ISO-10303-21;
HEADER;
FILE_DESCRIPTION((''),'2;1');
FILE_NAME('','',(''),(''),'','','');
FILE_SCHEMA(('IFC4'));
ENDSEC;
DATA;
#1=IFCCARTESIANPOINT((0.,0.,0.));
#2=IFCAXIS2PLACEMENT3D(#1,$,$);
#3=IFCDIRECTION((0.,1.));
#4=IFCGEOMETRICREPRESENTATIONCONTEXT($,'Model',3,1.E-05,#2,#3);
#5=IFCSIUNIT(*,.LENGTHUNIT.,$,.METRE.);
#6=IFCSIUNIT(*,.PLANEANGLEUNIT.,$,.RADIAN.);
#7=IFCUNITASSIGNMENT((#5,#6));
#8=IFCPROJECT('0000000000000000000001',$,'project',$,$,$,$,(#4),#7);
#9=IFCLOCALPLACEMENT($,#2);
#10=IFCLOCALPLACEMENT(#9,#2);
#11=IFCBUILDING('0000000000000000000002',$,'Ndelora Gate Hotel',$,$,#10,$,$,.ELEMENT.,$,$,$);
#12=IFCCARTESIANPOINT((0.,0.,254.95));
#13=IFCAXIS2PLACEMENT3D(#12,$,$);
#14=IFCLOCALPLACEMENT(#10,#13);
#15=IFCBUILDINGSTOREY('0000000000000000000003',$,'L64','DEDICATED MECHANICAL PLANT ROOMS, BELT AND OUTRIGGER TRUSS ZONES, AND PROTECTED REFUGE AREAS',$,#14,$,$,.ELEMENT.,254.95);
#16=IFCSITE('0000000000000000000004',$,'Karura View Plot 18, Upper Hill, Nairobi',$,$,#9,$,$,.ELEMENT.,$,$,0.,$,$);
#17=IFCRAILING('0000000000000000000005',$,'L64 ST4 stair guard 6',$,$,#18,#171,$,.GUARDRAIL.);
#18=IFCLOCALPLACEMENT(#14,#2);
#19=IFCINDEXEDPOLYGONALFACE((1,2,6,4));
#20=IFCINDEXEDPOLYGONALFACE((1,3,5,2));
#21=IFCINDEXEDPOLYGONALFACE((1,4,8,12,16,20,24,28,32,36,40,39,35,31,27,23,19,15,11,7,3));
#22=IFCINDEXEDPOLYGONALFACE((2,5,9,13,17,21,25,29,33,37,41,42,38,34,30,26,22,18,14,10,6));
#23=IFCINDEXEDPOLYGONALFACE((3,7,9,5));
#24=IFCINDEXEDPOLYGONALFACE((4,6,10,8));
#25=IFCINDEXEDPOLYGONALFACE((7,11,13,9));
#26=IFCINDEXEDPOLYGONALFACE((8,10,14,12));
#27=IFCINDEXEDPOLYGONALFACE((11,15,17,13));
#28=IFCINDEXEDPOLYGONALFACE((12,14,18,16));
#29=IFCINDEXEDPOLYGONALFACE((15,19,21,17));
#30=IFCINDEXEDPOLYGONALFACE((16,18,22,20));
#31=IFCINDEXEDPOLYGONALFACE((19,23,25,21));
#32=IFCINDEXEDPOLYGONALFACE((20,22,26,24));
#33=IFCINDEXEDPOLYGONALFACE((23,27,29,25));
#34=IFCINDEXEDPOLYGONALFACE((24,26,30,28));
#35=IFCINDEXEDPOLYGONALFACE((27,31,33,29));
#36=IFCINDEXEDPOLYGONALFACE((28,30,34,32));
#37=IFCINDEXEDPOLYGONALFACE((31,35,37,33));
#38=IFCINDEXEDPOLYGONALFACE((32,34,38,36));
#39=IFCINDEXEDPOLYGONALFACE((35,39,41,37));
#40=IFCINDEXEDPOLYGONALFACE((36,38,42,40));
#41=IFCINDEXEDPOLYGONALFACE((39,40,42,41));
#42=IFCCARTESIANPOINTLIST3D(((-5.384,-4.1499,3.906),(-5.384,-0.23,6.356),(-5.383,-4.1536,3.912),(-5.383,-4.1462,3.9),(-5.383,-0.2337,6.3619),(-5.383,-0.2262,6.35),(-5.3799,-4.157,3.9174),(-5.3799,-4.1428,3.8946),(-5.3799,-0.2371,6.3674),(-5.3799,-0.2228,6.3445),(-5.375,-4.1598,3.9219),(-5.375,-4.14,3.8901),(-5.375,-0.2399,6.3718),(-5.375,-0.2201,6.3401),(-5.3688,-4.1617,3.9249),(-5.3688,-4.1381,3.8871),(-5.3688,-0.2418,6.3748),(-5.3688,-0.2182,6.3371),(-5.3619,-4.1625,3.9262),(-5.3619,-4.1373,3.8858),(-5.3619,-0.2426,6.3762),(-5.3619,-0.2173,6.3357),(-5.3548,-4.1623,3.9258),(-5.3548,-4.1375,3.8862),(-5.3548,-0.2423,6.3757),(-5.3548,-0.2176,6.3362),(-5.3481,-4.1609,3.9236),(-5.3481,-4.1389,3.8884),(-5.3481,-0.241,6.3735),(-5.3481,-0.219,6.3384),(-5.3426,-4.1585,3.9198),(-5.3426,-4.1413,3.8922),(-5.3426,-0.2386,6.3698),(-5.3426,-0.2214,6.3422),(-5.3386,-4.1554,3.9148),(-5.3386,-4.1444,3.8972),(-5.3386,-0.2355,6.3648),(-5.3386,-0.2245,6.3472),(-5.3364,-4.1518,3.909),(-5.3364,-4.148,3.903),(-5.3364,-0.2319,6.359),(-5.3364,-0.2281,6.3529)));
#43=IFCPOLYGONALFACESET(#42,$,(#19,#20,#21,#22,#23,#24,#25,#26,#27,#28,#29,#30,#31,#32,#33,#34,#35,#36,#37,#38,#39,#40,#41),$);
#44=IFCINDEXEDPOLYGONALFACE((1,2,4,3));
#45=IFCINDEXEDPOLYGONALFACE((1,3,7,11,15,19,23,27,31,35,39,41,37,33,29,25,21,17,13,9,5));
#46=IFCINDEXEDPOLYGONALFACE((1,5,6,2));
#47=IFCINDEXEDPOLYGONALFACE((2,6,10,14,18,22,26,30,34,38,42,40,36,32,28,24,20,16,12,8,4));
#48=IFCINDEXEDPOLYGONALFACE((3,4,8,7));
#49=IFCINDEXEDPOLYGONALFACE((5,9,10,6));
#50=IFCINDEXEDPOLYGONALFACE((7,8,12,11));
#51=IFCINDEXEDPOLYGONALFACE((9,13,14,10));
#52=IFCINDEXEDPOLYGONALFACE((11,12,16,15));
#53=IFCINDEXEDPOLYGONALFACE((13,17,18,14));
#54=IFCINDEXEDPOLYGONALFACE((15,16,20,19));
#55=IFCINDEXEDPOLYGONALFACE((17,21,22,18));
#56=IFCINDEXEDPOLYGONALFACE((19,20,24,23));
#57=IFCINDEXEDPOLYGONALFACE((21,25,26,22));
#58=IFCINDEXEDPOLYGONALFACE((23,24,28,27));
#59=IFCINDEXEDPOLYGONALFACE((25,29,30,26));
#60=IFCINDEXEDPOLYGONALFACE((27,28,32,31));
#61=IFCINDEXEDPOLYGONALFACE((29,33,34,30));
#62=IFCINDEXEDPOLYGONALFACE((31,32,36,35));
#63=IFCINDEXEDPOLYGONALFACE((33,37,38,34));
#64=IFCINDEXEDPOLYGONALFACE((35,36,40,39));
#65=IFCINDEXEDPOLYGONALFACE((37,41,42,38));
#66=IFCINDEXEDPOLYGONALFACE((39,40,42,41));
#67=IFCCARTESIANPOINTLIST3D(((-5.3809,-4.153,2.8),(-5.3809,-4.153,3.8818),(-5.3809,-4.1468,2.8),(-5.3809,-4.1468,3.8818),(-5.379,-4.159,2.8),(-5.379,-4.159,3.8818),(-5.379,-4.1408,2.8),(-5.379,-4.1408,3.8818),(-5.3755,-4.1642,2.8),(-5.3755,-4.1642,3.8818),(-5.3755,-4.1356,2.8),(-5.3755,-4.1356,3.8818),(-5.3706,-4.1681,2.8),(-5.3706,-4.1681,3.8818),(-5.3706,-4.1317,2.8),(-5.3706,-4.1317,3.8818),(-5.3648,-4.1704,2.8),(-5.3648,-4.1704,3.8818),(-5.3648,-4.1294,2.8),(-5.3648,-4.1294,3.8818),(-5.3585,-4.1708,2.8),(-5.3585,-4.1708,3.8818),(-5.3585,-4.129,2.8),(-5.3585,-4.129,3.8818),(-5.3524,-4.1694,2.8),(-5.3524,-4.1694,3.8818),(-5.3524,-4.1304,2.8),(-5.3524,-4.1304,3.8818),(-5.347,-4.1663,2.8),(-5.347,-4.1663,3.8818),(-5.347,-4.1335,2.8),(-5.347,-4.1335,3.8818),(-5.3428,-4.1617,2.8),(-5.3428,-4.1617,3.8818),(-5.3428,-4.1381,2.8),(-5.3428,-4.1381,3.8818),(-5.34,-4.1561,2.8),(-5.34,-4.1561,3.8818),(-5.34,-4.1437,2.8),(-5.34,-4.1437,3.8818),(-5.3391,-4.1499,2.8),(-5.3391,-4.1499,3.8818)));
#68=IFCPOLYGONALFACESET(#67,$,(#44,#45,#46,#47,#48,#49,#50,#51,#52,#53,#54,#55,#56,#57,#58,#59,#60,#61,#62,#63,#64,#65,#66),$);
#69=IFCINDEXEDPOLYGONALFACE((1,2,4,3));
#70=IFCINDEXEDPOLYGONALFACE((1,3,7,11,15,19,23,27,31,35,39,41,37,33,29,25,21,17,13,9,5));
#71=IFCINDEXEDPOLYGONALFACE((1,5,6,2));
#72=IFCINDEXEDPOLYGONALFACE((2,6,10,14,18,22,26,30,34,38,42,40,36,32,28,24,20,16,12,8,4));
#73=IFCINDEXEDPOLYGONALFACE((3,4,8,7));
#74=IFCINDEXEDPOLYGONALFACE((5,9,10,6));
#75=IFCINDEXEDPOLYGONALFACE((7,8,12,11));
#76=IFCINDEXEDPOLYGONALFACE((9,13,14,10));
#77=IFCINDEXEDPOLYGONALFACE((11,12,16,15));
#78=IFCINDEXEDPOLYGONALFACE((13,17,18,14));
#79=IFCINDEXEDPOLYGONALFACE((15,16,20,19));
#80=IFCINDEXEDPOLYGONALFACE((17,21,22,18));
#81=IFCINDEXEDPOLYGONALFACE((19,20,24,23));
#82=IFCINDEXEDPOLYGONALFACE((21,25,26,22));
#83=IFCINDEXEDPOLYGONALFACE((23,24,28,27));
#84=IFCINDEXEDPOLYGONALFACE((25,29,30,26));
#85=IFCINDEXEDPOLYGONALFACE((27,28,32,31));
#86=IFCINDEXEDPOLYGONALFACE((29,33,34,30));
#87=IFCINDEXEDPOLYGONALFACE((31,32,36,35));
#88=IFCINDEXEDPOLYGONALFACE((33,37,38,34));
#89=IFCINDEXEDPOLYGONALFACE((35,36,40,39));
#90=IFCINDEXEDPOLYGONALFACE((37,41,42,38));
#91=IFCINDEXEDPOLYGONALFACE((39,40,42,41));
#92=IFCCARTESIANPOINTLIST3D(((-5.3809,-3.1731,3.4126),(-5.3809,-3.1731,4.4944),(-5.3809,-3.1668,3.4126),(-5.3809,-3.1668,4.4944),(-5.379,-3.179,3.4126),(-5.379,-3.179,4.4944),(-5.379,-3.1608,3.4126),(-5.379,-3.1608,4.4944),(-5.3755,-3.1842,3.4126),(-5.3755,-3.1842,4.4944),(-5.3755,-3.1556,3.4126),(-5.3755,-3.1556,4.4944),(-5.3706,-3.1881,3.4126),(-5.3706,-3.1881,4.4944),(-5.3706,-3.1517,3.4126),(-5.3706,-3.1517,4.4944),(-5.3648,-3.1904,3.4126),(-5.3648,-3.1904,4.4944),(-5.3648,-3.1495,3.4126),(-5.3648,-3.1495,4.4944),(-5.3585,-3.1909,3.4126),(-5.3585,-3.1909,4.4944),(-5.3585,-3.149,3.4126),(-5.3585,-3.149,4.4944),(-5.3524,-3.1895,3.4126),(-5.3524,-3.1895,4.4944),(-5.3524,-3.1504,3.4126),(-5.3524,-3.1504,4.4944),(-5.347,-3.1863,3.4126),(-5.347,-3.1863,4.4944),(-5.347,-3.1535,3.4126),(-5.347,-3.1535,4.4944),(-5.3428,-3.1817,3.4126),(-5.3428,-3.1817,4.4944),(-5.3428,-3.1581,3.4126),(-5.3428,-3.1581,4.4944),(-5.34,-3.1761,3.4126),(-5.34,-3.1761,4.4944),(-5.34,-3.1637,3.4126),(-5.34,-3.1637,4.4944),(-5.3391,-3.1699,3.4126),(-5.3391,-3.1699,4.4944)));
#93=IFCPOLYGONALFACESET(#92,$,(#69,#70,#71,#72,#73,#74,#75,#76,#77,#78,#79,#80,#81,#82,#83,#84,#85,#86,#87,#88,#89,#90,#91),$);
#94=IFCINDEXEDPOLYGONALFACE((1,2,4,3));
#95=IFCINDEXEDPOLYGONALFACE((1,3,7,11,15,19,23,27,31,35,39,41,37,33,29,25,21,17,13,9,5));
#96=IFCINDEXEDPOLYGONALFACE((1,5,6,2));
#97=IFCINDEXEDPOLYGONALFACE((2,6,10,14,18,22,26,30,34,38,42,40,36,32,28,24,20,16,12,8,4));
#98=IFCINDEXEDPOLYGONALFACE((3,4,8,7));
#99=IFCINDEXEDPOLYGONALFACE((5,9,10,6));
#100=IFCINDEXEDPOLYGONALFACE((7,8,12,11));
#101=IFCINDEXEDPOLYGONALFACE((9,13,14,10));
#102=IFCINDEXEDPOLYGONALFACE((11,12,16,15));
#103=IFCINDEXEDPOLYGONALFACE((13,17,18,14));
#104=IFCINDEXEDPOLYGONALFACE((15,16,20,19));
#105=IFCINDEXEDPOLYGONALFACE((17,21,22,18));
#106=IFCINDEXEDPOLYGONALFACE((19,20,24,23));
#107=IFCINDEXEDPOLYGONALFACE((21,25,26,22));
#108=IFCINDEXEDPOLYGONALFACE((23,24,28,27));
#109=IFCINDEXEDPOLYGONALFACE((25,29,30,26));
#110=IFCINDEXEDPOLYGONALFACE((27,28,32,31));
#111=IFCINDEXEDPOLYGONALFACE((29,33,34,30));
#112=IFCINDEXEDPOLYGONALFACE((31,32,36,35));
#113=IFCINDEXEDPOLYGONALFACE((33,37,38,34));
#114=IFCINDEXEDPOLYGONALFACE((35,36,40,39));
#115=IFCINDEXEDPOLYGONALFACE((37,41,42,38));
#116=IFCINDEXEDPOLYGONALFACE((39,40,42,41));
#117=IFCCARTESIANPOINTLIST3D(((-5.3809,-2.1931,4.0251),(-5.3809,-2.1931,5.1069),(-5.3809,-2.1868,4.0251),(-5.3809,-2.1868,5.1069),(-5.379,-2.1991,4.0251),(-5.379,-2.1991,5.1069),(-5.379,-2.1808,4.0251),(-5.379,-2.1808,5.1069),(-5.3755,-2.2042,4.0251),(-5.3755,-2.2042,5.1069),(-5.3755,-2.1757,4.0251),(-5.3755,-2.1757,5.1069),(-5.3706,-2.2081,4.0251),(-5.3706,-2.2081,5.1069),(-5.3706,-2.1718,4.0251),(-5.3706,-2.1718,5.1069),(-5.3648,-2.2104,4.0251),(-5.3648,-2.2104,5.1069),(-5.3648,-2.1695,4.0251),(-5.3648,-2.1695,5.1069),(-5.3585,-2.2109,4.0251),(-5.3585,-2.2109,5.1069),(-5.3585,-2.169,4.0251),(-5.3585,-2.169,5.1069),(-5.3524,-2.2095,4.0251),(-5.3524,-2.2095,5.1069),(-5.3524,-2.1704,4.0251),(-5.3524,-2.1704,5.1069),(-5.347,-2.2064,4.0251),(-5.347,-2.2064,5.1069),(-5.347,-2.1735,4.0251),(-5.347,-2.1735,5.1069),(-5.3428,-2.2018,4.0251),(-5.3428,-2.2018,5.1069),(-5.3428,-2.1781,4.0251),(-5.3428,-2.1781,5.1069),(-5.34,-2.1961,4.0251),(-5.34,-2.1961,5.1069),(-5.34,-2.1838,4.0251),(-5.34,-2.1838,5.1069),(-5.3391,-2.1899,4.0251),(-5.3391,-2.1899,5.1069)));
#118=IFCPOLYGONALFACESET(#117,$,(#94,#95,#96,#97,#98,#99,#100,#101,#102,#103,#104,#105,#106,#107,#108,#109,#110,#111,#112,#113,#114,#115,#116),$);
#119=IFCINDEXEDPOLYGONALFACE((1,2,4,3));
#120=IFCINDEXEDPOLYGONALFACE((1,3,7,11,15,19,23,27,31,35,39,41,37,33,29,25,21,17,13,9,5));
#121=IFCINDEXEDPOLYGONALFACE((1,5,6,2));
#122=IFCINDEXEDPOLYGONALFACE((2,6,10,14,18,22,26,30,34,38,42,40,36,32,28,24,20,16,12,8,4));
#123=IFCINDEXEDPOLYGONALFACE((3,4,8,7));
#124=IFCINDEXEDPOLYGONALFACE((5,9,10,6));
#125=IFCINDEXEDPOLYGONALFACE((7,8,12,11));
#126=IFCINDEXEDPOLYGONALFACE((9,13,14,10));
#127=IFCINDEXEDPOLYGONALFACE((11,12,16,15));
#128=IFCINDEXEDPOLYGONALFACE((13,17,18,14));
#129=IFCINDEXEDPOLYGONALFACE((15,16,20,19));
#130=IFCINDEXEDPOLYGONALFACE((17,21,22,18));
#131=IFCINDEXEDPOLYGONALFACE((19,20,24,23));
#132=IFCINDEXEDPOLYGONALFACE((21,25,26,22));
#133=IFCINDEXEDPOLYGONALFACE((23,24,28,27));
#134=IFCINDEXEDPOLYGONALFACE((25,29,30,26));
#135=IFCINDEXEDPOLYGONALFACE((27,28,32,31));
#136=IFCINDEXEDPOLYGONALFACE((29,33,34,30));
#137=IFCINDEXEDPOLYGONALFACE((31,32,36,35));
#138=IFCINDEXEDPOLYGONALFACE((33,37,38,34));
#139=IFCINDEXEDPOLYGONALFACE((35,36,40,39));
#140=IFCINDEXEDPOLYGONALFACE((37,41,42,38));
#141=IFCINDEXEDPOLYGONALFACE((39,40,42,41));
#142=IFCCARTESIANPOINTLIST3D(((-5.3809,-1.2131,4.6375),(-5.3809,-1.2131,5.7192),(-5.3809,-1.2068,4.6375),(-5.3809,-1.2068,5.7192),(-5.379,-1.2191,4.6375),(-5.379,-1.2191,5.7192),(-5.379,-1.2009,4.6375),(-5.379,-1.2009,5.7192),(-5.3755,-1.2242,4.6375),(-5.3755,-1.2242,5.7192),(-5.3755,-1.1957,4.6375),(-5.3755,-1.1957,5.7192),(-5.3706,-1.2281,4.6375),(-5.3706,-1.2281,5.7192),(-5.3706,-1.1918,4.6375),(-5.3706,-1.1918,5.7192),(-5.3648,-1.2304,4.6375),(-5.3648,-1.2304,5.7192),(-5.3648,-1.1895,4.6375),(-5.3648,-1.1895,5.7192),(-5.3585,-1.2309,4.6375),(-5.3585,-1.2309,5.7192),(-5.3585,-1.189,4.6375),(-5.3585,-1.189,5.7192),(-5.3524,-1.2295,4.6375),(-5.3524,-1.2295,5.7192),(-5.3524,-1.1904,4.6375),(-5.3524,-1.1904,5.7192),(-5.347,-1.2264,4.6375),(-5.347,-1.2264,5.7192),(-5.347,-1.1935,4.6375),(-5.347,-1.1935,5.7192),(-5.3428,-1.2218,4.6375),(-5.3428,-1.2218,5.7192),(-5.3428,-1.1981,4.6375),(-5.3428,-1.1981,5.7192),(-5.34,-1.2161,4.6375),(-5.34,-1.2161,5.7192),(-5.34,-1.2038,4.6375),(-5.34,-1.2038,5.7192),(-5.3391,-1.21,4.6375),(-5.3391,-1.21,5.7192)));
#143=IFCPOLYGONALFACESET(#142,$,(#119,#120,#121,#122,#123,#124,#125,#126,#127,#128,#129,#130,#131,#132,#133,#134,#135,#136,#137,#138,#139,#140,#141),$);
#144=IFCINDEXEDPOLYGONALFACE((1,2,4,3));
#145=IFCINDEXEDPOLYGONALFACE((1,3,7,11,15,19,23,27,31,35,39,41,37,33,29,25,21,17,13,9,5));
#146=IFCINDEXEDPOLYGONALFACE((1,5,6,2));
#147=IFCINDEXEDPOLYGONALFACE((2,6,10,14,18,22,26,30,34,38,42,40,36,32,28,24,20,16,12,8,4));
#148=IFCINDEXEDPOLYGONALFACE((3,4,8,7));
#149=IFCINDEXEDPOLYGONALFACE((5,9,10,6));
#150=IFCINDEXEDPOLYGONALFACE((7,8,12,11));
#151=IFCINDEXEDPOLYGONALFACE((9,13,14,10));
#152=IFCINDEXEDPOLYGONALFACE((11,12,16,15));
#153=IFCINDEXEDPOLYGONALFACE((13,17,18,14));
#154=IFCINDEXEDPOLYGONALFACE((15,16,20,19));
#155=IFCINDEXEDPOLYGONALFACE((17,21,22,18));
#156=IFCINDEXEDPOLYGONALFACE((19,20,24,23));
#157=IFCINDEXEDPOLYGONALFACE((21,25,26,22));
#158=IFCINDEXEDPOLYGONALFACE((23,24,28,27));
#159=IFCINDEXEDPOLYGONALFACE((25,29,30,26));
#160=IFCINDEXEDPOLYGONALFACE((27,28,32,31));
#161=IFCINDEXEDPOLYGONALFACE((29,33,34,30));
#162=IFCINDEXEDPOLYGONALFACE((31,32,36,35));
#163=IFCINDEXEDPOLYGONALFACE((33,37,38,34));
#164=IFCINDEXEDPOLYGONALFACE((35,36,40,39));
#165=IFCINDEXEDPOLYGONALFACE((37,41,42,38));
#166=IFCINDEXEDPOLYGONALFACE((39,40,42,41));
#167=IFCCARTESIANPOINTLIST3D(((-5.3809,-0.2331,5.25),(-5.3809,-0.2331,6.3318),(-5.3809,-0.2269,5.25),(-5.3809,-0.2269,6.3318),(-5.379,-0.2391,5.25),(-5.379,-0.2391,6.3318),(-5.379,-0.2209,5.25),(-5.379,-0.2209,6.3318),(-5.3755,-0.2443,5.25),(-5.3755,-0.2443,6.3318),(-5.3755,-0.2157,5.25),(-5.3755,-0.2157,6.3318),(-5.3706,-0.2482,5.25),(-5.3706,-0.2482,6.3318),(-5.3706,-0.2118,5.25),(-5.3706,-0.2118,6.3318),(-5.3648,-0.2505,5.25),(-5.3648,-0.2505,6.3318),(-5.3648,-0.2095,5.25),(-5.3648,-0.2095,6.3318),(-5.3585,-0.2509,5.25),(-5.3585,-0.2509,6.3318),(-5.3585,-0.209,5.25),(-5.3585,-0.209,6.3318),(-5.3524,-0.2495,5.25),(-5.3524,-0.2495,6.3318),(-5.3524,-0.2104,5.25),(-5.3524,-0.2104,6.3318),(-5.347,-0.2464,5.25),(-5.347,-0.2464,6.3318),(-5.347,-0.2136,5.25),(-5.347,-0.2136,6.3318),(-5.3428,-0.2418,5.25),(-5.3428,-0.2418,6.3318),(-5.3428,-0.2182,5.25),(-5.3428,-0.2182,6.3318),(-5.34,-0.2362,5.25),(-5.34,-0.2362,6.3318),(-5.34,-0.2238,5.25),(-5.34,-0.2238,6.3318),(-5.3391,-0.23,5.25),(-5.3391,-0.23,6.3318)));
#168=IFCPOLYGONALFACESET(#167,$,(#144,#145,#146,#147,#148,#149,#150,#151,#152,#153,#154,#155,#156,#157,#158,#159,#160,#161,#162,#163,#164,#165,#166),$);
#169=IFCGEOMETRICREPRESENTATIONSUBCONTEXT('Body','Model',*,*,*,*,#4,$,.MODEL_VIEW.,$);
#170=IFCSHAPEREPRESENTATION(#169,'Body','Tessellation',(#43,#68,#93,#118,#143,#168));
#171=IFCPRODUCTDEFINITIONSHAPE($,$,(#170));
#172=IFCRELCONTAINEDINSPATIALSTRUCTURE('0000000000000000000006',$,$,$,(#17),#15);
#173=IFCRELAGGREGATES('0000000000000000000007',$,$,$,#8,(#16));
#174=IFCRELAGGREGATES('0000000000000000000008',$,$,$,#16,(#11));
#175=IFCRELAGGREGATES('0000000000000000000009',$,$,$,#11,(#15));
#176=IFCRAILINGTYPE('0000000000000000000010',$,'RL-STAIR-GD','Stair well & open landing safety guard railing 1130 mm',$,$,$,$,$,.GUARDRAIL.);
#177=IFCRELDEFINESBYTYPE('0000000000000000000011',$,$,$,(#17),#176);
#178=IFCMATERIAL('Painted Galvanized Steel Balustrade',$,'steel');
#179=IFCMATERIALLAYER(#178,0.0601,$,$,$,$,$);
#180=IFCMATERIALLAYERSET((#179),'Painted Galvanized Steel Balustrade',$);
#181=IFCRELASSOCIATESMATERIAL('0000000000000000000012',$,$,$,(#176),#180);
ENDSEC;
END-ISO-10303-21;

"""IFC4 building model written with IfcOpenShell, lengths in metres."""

from ifc_helpers import new_model, si_unit, direction, frame, origin, origin_2d, place, context, subcontext, project, spatial, circle, extrude, material, layer, layer_set, type_object, element, save


model = new_model("IFC4")

# Units and contexts
model_context = context("Model", 3, precision=1e-05, world=origin(), true_north=direction((0.0, 1.0)))
body_context = subcontext(model_context, "Body", "Model", "MODEL_VIEW")
ifc_project = project(units=[si_unit("LENGTHUNIT", "METRE"), si_unit("PLANEANGLEUNIT", "RADIAN")], contexts=[model_context])

# Site, building, storey
site_placement = place(None, origin())
site = spatial("IfcSite", under=ifc_project, at=site_placement, Name="Karura View Plot 18, Upper Hill, Nairobi", CompositionType="ELEMENT", RefElevation=0.0)
building_placement = place(site_placement, origin())
building = spatial("IfcBuilding", under=site, at=building_placement, Name="Ndelora Gate Hotel", CompositionType="ELEMENT")
storey_placement = place(building_placement, frame((0.0, 0.0, 254.95)))
storey = spatial("IfcBuildingStorey", under=building, at=storey_placement, Name="L64", Description="DEDICATED MECHANICAL PLANT ROOMS, BELT AND OUTRIGGER TRUSS ZONES, AND PROTECTED REFUGE AREAS", CompositionType="ELEMENT", Elevation=254.95)

# Railing
ifc_material_1 = material(Name="Painted Galvanized Steel Balustrade", Category="steel")
ifc_layer_1 = layer(ifc_material_1, 0.0601)
ifc_layer_set_1 = layer_set([ifc_layer_1], Name="Painted Galvanized Steel Balustrade")
railing_type_1 = type_object("IfcRailingType", Name="RL-STAIR-GD", Description="Stair well & open landing safety guard railing 1130 mm", PredefinedType="GUARDRAIL", material=ifc_layer_set_1)
railing_1_placement = place(storey_placement, frame((-5.3601, -4.1499, 2.8)))
element("IfcRailing", 1, at=railing_1_placement, inside=storey, type_object=railing_type_1, Name="L64 ST4 stair guard 6", PredefinedType="GUARDRAIL", context=body_context, shape_type="SweptSolid", body=[
    extrude(circle(Radius=0.0239, at=origin_2d()), frame((0.0, 0.0, 1.106), z_axis=(0.0, 0.847998, 0.529999), x_axis=(-1.0, 0.0, 0.0)), (0.0, 0.0, 1.0), 4.6226),
    extrude(circle(Radius=0.021, at=origin_2d()), origin(), (0.0, 0.0, 1.0), 1.0818),
    extrude(circle(Radius=0.021, at=origin_2d()), frame((0.0, 0.98, 0.6125)), (0.0, 0.0, 1.0), 1.0818),
    extrude(circle(Radius=0.021, at=origin_2d()), frame((0.0, 1.96, 1.2251)), (0.0, 0.0, 1.0), 1.0818),
    extrude(circle(Radius=0.021, at=origin_2d()), frame((0.0, 2.9399, 1.8374)), (0.0, 0.0, 1.0), 1.0818),
    extrude(circle(Radius=0.021, at=origin_2d()), frame((0.0, 3.9199, 2.45)), (0.0, 0.0, 1.0), 1.0818),
])

save(model, "model.ifc")
